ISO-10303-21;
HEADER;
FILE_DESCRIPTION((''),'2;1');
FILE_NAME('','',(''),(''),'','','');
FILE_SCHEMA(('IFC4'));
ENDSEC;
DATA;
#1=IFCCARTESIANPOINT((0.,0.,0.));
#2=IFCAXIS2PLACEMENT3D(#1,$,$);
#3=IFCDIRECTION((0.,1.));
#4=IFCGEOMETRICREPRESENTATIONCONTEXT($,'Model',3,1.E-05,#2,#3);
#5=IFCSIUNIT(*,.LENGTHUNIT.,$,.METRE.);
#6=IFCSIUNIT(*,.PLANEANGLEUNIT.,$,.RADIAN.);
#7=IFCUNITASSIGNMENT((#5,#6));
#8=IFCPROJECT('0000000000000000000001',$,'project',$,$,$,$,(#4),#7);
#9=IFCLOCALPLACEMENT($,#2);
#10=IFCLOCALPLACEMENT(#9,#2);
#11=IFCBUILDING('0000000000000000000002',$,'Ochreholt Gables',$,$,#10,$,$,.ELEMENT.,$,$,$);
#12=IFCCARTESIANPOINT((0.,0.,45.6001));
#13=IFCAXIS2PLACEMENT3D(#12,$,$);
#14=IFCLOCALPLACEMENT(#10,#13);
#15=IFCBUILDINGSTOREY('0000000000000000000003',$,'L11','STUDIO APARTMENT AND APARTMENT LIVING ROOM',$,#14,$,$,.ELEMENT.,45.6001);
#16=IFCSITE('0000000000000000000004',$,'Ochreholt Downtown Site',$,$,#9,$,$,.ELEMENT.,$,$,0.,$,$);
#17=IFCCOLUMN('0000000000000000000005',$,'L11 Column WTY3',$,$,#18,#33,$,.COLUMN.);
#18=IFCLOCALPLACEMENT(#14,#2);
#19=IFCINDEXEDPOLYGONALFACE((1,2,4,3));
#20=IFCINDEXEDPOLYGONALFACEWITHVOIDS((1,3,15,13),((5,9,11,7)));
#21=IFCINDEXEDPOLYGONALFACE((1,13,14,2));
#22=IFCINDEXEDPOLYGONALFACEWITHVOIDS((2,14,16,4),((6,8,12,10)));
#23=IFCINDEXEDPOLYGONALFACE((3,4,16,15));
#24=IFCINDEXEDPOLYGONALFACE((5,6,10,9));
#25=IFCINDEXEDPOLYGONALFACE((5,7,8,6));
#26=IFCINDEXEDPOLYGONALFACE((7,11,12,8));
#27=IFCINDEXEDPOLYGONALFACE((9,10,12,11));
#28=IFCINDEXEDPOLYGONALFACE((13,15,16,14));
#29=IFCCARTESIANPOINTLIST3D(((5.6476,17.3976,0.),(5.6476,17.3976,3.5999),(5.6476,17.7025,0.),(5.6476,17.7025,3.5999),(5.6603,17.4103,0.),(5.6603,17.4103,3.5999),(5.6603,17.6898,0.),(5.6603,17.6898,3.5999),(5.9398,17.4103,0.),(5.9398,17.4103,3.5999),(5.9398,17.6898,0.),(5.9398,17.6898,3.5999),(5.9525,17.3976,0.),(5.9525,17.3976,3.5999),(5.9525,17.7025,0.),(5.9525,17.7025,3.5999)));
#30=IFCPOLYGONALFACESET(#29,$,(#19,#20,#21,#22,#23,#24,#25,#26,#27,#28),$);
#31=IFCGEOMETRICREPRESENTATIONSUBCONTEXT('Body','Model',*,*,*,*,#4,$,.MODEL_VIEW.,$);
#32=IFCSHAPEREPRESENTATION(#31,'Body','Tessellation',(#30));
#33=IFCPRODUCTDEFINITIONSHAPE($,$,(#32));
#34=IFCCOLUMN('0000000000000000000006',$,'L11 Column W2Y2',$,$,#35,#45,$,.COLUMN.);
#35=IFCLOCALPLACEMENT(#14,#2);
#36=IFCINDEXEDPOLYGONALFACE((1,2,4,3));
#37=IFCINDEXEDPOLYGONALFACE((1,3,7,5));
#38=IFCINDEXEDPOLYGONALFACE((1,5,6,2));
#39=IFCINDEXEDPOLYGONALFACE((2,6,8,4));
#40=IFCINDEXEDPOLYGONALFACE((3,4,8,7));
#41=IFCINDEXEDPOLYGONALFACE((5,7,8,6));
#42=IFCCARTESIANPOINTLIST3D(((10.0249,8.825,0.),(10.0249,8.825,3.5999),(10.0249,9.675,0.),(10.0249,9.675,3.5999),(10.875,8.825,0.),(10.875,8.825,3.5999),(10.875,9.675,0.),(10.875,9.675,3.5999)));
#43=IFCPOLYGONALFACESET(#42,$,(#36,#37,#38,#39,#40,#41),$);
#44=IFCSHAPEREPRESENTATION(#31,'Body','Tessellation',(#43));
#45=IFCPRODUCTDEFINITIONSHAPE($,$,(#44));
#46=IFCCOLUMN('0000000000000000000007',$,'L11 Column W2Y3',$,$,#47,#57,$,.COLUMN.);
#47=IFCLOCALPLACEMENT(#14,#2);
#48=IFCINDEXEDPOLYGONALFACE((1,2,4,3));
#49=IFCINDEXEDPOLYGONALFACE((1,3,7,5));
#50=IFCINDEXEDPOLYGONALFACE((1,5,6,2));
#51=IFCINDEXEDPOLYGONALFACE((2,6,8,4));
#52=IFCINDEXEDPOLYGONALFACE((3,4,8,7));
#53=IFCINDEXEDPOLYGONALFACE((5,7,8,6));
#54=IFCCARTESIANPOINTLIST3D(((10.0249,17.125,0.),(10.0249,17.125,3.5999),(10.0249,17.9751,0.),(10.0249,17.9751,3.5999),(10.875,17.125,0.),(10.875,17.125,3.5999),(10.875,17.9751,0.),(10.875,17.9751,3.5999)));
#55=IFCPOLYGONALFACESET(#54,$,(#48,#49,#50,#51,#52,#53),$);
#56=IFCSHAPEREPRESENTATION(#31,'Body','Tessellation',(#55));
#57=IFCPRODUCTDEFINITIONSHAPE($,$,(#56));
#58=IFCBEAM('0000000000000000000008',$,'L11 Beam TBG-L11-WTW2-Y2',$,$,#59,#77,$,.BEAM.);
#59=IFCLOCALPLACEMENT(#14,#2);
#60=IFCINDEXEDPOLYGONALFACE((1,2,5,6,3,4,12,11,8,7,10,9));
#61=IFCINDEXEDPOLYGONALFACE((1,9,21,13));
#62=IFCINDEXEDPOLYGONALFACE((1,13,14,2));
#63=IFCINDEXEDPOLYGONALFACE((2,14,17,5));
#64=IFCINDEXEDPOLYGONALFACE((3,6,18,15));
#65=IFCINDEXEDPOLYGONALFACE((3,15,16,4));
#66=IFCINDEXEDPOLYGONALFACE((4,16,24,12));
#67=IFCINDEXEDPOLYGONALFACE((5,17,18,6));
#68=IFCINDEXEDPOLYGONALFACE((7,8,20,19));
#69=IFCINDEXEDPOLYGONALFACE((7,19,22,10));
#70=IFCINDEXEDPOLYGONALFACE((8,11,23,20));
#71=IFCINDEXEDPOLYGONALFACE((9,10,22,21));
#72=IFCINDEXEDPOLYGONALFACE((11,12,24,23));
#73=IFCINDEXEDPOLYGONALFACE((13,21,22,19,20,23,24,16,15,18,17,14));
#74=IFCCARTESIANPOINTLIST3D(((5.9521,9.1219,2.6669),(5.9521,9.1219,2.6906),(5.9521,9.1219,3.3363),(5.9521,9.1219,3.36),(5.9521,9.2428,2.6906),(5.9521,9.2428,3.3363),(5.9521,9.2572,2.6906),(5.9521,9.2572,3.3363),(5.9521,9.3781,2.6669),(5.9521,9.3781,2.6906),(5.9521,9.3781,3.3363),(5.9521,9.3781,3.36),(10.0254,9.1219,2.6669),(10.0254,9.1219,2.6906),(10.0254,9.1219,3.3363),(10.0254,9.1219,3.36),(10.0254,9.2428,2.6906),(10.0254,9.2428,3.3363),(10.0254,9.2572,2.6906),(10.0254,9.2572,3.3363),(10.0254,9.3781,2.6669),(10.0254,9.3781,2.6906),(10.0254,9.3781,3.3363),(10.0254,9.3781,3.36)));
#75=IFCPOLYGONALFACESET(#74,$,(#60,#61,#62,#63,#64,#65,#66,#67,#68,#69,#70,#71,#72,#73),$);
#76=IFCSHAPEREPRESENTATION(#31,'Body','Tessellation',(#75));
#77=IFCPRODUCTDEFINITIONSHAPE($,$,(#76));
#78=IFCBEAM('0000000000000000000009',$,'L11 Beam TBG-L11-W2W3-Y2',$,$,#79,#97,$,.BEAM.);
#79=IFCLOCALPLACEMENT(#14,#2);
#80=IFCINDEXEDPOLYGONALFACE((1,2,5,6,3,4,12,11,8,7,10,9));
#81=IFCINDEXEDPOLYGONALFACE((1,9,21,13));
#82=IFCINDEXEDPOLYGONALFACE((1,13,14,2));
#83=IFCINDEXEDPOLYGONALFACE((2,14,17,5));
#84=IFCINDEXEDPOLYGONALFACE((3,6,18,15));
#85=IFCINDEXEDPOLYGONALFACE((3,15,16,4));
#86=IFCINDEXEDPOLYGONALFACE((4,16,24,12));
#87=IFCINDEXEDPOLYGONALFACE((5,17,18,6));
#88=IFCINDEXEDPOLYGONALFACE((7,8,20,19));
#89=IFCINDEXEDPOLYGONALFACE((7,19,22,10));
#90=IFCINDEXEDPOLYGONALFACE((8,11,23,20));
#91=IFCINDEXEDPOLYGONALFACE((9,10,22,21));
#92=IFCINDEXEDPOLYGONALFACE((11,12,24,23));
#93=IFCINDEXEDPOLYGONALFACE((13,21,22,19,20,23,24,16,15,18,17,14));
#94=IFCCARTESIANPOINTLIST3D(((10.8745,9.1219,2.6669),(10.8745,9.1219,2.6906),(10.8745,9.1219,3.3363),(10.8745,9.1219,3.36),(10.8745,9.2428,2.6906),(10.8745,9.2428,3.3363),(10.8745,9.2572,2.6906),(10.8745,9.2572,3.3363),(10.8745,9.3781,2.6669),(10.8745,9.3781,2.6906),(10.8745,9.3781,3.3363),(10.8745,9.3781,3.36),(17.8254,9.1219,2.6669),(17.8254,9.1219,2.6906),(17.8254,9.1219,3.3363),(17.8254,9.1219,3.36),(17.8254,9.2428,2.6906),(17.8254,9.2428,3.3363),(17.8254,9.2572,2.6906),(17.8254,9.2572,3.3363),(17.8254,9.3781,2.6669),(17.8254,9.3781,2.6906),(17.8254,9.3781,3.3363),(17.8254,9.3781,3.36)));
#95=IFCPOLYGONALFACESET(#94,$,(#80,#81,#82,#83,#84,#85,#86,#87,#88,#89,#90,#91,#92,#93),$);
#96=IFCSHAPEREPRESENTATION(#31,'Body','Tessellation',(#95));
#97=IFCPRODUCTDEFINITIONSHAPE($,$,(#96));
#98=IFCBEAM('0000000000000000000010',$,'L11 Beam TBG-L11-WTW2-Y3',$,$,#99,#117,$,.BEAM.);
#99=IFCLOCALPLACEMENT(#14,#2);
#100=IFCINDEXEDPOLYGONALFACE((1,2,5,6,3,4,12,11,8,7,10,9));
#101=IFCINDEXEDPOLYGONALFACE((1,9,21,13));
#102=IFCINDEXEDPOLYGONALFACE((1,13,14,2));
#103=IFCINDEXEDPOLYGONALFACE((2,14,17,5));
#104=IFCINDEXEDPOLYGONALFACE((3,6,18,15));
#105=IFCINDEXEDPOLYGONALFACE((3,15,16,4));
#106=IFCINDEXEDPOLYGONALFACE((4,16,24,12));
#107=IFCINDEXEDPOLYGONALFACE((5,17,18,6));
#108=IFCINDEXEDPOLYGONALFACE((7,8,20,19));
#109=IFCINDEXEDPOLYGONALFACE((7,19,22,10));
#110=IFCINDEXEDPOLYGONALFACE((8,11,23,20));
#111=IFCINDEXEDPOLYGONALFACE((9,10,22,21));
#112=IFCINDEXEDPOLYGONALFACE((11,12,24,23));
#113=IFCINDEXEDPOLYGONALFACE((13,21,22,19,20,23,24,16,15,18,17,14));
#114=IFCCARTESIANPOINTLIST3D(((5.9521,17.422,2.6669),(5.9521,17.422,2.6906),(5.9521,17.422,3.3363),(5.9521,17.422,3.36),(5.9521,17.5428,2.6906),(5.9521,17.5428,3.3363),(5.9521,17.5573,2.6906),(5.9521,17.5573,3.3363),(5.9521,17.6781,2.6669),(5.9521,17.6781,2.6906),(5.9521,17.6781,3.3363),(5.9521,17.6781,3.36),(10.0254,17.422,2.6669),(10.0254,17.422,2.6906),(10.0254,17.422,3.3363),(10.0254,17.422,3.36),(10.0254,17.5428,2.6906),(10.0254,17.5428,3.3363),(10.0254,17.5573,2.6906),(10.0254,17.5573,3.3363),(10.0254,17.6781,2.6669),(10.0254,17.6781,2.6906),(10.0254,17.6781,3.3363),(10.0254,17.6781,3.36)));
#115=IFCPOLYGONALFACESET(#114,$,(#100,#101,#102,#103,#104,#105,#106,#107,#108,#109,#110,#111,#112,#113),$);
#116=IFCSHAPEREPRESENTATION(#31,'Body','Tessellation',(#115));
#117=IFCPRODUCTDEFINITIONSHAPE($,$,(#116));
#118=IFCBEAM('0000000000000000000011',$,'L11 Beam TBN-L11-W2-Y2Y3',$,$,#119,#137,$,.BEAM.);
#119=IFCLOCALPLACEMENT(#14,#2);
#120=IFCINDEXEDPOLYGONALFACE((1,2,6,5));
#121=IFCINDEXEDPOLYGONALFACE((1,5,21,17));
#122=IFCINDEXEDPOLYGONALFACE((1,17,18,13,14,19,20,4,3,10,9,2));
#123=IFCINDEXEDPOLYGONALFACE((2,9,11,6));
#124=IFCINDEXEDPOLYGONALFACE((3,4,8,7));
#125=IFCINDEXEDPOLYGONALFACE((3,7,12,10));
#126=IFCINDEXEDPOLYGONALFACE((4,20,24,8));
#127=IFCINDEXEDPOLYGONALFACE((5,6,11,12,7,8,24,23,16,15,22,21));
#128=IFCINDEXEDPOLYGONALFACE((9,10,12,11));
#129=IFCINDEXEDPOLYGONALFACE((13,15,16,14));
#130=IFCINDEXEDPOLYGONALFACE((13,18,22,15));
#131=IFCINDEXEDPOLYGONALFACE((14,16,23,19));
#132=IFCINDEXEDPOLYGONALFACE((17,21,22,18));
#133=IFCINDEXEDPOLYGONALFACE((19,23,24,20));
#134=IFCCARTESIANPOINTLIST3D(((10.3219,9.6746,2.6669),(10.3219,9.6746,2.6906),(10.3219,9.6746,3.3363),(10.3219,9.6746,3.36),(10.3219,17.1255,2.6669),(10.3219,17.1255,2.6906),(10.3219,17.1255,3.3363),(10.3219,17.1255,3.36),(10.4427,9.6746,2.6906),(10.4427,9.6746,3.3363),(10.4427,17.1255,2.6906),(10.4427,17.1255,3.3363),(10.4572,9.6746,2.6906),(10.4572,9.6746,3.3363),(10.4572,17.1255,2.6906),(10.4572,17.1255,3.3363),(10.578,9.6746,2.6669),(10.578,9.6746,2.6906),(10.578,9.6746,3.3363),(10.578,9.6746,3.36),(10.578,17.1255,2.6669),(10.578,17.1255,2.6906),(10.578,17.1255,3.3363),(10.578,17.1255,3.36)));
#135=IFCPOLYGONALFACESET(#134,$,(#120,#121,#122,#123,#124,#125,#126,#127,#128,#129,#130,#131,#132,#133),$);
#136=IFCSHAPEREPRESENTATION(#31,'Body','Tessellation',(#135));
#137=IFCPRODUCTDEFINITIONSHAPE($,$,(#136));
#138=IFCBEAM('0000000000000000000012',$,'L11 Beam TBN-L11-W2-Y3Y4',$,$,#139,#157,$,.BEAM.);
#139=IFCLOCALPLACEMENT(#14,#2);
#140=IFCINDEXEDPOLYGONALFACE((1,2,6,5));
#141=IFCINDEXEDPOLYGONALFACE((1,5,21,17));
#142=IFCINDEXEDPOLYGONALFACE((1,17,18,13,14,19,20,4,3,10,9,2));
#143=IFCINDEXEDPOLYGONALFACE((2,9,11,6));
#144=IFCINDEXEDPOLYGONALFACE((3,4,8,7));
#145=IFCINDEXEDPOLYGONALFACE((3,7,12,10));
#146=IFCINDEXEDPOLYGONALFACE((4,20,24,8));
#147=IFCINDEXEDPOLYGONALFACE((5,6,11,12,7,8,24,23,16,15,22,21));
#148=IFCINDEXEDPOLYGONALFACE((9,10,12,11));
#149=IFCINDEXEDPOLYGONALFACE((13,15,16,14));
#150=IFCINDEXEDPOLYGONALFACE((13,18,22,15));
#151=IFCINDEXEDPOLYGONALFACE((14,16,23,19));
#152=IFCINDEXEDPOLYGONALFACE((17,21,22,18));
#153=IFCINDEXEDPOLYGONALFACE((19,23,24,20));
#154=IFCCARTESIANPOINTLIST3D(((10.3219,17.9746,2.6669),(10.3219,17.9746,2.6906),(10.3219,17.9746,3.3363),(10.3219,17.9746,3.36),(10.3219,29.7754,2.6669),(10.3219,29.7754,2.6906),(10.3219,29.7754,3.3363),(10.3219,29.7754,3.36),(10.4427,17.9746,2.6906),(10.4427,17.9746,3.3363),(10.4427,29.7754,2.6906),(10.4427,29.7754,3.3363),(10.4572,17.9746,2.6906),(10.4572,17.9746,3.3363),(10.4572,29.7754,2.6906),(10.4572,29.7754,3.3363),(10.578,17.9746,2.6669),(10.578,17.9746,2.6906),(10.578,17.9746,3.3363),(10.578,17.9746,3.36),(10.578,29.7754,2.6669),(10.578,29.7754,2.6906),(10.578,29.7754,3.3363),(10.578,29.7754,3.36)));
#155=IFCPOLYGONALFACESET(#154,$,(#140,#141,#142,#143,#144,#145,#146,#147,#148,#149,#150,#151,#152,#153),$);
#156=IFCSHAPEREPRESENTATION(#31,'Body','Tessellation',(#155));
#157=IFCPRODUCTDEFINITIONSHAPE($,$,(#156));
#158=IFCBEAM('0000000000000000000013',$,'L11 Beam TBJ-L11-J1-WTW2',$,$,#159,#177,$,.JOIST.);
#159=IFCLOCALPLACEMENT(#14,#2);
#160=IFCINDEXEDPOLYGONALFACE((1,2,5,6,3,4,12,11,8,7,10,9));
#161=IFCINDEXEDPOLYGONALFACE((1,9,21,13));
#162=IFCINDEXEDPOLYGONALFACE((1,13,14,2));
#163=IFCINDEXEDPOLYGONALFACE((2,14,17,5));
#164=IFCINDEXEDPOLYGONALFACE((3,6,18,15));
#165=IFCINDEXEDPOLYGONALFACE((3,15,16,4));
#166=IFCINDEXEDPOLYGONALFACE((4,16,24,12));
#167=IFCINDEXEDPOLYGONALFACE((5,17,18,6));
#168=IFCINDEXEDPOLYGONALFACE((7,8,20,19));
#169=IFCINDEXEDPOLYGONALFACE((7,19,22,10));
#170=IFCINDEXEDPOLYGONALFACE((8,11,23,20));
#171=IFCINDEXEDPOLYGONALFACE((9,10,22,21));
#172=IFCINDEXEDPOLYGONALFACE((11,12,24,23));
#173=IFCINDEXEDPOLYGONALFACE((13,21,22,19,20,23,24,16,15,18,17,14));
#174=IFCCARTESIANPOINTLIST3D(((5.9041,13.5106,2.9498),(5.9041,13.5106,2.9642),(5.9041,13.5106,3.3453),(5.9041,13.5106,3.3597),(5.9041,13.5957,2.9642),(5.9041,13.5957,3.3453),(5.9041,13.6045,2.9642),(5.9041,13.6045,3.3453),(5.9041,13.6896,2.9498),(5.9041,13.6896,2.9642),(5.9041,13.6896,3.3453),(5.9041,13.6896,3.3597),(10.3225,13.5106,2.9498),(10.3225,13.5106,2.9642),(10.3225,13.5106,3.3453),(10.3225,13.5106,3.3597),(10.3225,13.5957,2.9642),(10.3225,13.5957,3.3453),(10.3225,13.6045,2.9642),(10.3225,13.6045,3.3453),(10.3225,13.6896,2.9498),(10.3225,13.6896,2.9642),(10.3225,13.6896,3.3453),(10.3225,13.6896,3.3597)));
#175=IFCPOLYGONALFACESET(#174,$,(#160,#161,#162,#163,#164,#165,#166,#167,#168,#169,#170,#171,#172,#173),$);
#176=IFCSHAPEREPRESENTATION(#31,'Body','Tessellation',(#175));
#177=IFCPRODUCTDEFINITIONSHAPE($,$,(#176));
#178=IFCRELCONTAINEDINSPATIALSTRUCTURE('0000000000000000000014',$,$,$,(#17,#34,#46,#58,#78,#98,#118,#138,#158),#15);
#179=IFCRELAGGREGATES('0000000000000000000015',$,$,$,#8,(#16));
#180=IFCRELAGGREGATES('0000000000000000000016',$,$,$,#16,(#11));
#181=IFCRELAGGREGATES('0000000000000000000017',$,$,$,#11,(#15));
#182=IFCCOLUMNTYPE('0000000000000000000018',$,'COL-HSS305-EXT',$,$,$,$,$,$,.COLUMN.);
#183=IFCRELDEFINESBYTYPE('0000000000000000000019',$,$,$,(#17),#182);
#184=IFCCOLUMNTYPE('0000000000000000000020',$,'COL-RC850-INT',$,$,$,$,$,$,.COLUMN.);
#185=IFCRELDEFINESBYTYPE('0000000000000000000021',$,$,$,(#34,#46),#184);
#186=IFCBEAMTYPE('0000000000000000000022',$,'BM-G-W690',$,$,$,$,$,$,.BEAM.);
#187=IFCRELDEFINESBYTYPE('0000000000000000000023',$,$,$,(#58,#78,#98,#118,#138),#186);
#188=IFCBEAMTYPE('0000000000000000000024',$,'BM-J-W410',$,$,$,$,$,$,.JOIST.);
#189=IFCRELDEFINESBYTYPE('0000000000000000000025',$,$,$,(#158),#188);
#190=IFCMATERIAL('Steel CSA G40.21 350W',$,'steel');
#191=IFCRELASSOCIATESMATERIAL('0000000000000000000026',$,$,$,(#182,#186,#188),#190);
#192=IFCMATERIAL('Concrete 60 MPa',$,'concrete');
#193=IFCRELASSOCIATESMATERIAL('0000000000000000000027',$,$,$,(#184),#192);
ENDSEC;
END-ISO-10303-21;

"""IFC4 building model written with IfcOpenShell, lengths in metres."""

from ifc_helpers import new_model, si_unit, direction, frame, origin, origin_2d, place, context, subcontext, project, spatial, rectangle, hollow_rectangle, i_section, extrude, material, material_profile, profile_set, type_object, element, save


model = new_model("IFC4")

# Units and contexts
model_context = context("Model", 3, precision=1e-05, world=origin(), true_north=direction((0.0, 1.0)))
body_context = subcontext(model_context, "Body", "Model", "MODEL_VIEW")
ifc_project = project(units=[si_unit("LENGTHUNIT", "METRE"), si_unit("PLANEANGLEUNIT", "RADIAN")], contexts=[model_context])

# Site, building, storey
site_placement = place(None, origin())
site = spatial("IfcSite", under=ifc_project, at=site_placement, Name="Ochreholt Downtown Site", CompositionType="ELEMENT", RefElevation=0.0)
building_placement = place(site_placement, origin())
building = spatial("IfcBuilding", under=site, at=building_placement, Name="Ochreholt Gables", CompositionType="ELEMENT")
storey_placement = place(building_placement, frame((0.0, 0.0, 45.6001)))
storey = spatial("IfcBuildingStorey", under=building, at=storey_placement, Name="L11", Description="STUDIO APARTMENT AND APARTMENT LIVING ROOM", CompositionType="ELEMENT", Elevation=45.6001)

# Columns
ifc_material_1 = material(Name="Steel CSA G40.21 350W", Category="steel")
ifc_material_profile_1 = material_profile(ifc_material_1, hollow_rectangle(XDim=0.3049, YDim=0.3049, WallThickness=0.0127, at=origin_2d()), Name="HSS305X305X13")
ifc_profile_set_1 = profile_set([ifc_material_profile_1], Name="Steel CSA G40.21 350W")
column_type_1 = type_object("IfcColumnType", Name="COL-HSS305-EXT", PredefinedType="COLUMN", material=ifc_profile_set_1)
column_placement = place(storey_placement, frame((5.8, 17.55, 0.0), z_axis=(0.0, 0.0, 1.0), x_axis=(1.0, 0.0, 0.0)))
element("IfcColumn", 1, at=column_placement, inside=storey, type_object=column_type_1, Name="L11 Column WTY3", PredefinedType="COLUMN", context=body_context, shape_type="SweptSolid", body=[
    extrude(hollow_rectangle(XDim=0.3049, YDim=0.3049, WallThickness=0.0127, at=origin_2d()), origin(), (0.0, 0.0, 1.0), 3.5999),
])
ifc_material_2 = material(Name="Concrete 60 MPa", Category="concrete")
ifc_material_profile_2 = material_profile(ifc_material_2, rectangle(XDim=0.8501, YDim=0.8501, at=origin_2d()), Name="RC850X850")
ifc_profile_set_2 = profile_set([ifc_material_profile_2], Name="Concrete 60 MPa")
column_type_2 = type_object("IfcColumnType", Name="COL-RC850-INT", PredefinedType="COLUMN", material=ifc_profile_set_2)
for number, where, z_axis, x_axis, name in (
    (2, (10.45, 9.25, 0.0), (0.0, 0.0, 1.0), (1.0, 0.0, 0.0), "L11 Column W2Y2"),
    (3, (10.45, 17.55, 0.0), (0.0, 0.0, 1.0), (1.0, 0.0, 0.0), "L11 Column W2Y3"),
):
    element("IfcColumn", number, at=place(storey_placement, frame(where, z_axis=z_axis, x_axis=x_axis)), inside=storey, type_object=column_type_2, Name=name, PredefinedType="COLUMN", context=body_context, shape_type="SweptSolid", body=[
        extrude(rectangle(XDim=0.8501, YDim=0.8501, at=origin_2d()), origin(), (0.0, 0.0, 1.0), 3.5999),
    ])

# Beams
ifc_material_profile_3 = material_profile(ifc_material_1, i_section(OverallWidth=0.2561, OverallDepth=0.6931, WebThickness=0.0144, FlangeThickness=0.0237, at=origin_2d()), Name="W690X170")
ifc_profile_set_3 = profile_set([ifc_material_profile_3], Name="Steel CSA G40.21 350W")
beam_type_1 = type_object("IfcBeamType", Name="BM-G-W690", PredefinedType="BEAM", material=ifc_profile_set_3)
beam_1_placement = place(storey_placement, frame((5.9521, 9.25, 3.0134), z_axis=(1.0, 0.0, 0.0), x_axis=(0.0, 1.0, 0.0)))
element("IfcBeam", 4, at=beam_1_placement, inside=storey, type_object=beam_type_1, Name="L11 Beam TBG-L11-WTW2-Y2", PredefinedType="BEAM", context=body_context, shape_type="SweptSolid", body=[
    extrude(i_section(OverallWidth=0.2561, OverallDepth=0.6931, WebThickness=0.0144, FlangeThickness=0.0237, at=origin_2d()), origin(), (0.0, 0.0, 1.0), 4.0732),
])
beam_2_placement = place(storey_placement, frame((10.8745, 9.25, 3.0134), z_axis=(1.0, 0.0, 0.0), x_axis=(0.0, 1.0, 0.0)))
element("IfcBeam", 5, at=beam_2_placement, inside=storey, type_object=beam_type_1, Name="L11 Beam TBG-L11-W2W3-Y2", PredefinedType="BEAM", context=body_context, shape_type="SweptSolid", body=[
    extrude(i_section(OverallWidth=0.2561, OverallDepth=0.6931, WebThickness=0.0144, FlangeThickness=0.0237, at=origin_2d()), origin(), (0.0, 0.0, 1.0), 6.9509),
])
beam_3_placement = place(storey_placement, frame((5.9521, 17.55, 3.0134), z_axis=(1.0, 0.0, 0.0), x_axis=(0.0, 1.0, 0.0)))
element("IfcBeam", 6, at=beam_3_placement, inside=storey, type_object=beam_type_1, Name="L11 Beam TBG-L11-WTW2-Y3", PredefinedType="BEAM", context=body_context, shape_type="SweptSolid", body=[
    extrude(i_section(OverallWidth=0.2561, OverallDepth=0.6931, WebThickness=0.0144, FlangeThickness=0.0237, at=origin_2d()), origin(), (0.0, 0.0, 1.0), 4.0732),
])
beam_4_placement = place(storey_placement, frame((10.45, 9.6746, 3.0134), z_axis=(0.0, 1.0, 0.0), x_axis=(-1.0, 0.0, 0.0)))
element("IfcBeam", 7, at=beam_4_placement, inside=storey, type_object=beam_type_1, Name="L11 Beam TBN-L11-W2-Y2Y3", PredefinedType="BEAM", context=body_context, shape_type="SweptSolid", body=[
    extrude(i_section(OverallWidth=0.2561, OverallDepth=0.6931, WebThickness=0.0144, FlangeThickness=0.0237, at=origin_2d()), origin(), (0.0, 0.0, 1.0), 7.4509),
])
beam_5_placement = place(storey_placement, frame((10.45, 17.9746, 3.0134), z_axis=(0.0, 1.0, 0.0), x_axis=(-1.0, 0.0, 0.0)))
element("IfcBeam", 8, at=beam_5_placement, inside=storey, type_object=beam_type_1, Name="L11 Beam TBN-L11-W2-Y3Y4", PredefinedType="BEAM", context=body_context, shape_type="SweptSolid", body=[
    extrude(i_section(OverallWidth=0.2561, OverallDepth=0.6931, WebThickness=0.0144, FlangeThickness=0.0237, at=origin_2d()), origin(), (0.0, 0.0, 1.0), 11.8008),
])
ifc_material_profile_4 = material_profile(ifc_material_1, i_section(OverallWidth=0.179, OverallDepth=0.4099, WebThickness=0.0088, FlangeThickness=0.0144, at=origin_2d()), Name="W410X67")
ifc_profile_set_4 = profile_set([ifc_material_profile_4], Name="Steel CSA G40.21 350W")
beam_type_2 = type_object("IfcBeamType", Name="BM-J-W410", PredefinedType="JOIST", material=ifc_profile_set_4)
beam_6_placement = place(storey_placement, frame((5.9041, 13.6001, 3.1548), z_axis=(1.0, 0.0, 0.0), x_axis=(0.0, 1.0, 0.0)))
element("IfcBeam", 9, at=beam_6_placement, inside=storey, type_object=beam_type_2, Name="L11 Beam TBJ-L11-J1-WTW2", PredefinedType="JOIST", context=body_context, shape_type="SweptSolid", body=[
    extrude(i_section(OverallWidth=0.179, OverallDepth=0.4099, WebThickness=0.0088, FlangeThickness=0.0144, at=origin_2d()), origin(), (0.0, 0.0, 1.0), 4.4185),
])

save(model, "model.ifc")
